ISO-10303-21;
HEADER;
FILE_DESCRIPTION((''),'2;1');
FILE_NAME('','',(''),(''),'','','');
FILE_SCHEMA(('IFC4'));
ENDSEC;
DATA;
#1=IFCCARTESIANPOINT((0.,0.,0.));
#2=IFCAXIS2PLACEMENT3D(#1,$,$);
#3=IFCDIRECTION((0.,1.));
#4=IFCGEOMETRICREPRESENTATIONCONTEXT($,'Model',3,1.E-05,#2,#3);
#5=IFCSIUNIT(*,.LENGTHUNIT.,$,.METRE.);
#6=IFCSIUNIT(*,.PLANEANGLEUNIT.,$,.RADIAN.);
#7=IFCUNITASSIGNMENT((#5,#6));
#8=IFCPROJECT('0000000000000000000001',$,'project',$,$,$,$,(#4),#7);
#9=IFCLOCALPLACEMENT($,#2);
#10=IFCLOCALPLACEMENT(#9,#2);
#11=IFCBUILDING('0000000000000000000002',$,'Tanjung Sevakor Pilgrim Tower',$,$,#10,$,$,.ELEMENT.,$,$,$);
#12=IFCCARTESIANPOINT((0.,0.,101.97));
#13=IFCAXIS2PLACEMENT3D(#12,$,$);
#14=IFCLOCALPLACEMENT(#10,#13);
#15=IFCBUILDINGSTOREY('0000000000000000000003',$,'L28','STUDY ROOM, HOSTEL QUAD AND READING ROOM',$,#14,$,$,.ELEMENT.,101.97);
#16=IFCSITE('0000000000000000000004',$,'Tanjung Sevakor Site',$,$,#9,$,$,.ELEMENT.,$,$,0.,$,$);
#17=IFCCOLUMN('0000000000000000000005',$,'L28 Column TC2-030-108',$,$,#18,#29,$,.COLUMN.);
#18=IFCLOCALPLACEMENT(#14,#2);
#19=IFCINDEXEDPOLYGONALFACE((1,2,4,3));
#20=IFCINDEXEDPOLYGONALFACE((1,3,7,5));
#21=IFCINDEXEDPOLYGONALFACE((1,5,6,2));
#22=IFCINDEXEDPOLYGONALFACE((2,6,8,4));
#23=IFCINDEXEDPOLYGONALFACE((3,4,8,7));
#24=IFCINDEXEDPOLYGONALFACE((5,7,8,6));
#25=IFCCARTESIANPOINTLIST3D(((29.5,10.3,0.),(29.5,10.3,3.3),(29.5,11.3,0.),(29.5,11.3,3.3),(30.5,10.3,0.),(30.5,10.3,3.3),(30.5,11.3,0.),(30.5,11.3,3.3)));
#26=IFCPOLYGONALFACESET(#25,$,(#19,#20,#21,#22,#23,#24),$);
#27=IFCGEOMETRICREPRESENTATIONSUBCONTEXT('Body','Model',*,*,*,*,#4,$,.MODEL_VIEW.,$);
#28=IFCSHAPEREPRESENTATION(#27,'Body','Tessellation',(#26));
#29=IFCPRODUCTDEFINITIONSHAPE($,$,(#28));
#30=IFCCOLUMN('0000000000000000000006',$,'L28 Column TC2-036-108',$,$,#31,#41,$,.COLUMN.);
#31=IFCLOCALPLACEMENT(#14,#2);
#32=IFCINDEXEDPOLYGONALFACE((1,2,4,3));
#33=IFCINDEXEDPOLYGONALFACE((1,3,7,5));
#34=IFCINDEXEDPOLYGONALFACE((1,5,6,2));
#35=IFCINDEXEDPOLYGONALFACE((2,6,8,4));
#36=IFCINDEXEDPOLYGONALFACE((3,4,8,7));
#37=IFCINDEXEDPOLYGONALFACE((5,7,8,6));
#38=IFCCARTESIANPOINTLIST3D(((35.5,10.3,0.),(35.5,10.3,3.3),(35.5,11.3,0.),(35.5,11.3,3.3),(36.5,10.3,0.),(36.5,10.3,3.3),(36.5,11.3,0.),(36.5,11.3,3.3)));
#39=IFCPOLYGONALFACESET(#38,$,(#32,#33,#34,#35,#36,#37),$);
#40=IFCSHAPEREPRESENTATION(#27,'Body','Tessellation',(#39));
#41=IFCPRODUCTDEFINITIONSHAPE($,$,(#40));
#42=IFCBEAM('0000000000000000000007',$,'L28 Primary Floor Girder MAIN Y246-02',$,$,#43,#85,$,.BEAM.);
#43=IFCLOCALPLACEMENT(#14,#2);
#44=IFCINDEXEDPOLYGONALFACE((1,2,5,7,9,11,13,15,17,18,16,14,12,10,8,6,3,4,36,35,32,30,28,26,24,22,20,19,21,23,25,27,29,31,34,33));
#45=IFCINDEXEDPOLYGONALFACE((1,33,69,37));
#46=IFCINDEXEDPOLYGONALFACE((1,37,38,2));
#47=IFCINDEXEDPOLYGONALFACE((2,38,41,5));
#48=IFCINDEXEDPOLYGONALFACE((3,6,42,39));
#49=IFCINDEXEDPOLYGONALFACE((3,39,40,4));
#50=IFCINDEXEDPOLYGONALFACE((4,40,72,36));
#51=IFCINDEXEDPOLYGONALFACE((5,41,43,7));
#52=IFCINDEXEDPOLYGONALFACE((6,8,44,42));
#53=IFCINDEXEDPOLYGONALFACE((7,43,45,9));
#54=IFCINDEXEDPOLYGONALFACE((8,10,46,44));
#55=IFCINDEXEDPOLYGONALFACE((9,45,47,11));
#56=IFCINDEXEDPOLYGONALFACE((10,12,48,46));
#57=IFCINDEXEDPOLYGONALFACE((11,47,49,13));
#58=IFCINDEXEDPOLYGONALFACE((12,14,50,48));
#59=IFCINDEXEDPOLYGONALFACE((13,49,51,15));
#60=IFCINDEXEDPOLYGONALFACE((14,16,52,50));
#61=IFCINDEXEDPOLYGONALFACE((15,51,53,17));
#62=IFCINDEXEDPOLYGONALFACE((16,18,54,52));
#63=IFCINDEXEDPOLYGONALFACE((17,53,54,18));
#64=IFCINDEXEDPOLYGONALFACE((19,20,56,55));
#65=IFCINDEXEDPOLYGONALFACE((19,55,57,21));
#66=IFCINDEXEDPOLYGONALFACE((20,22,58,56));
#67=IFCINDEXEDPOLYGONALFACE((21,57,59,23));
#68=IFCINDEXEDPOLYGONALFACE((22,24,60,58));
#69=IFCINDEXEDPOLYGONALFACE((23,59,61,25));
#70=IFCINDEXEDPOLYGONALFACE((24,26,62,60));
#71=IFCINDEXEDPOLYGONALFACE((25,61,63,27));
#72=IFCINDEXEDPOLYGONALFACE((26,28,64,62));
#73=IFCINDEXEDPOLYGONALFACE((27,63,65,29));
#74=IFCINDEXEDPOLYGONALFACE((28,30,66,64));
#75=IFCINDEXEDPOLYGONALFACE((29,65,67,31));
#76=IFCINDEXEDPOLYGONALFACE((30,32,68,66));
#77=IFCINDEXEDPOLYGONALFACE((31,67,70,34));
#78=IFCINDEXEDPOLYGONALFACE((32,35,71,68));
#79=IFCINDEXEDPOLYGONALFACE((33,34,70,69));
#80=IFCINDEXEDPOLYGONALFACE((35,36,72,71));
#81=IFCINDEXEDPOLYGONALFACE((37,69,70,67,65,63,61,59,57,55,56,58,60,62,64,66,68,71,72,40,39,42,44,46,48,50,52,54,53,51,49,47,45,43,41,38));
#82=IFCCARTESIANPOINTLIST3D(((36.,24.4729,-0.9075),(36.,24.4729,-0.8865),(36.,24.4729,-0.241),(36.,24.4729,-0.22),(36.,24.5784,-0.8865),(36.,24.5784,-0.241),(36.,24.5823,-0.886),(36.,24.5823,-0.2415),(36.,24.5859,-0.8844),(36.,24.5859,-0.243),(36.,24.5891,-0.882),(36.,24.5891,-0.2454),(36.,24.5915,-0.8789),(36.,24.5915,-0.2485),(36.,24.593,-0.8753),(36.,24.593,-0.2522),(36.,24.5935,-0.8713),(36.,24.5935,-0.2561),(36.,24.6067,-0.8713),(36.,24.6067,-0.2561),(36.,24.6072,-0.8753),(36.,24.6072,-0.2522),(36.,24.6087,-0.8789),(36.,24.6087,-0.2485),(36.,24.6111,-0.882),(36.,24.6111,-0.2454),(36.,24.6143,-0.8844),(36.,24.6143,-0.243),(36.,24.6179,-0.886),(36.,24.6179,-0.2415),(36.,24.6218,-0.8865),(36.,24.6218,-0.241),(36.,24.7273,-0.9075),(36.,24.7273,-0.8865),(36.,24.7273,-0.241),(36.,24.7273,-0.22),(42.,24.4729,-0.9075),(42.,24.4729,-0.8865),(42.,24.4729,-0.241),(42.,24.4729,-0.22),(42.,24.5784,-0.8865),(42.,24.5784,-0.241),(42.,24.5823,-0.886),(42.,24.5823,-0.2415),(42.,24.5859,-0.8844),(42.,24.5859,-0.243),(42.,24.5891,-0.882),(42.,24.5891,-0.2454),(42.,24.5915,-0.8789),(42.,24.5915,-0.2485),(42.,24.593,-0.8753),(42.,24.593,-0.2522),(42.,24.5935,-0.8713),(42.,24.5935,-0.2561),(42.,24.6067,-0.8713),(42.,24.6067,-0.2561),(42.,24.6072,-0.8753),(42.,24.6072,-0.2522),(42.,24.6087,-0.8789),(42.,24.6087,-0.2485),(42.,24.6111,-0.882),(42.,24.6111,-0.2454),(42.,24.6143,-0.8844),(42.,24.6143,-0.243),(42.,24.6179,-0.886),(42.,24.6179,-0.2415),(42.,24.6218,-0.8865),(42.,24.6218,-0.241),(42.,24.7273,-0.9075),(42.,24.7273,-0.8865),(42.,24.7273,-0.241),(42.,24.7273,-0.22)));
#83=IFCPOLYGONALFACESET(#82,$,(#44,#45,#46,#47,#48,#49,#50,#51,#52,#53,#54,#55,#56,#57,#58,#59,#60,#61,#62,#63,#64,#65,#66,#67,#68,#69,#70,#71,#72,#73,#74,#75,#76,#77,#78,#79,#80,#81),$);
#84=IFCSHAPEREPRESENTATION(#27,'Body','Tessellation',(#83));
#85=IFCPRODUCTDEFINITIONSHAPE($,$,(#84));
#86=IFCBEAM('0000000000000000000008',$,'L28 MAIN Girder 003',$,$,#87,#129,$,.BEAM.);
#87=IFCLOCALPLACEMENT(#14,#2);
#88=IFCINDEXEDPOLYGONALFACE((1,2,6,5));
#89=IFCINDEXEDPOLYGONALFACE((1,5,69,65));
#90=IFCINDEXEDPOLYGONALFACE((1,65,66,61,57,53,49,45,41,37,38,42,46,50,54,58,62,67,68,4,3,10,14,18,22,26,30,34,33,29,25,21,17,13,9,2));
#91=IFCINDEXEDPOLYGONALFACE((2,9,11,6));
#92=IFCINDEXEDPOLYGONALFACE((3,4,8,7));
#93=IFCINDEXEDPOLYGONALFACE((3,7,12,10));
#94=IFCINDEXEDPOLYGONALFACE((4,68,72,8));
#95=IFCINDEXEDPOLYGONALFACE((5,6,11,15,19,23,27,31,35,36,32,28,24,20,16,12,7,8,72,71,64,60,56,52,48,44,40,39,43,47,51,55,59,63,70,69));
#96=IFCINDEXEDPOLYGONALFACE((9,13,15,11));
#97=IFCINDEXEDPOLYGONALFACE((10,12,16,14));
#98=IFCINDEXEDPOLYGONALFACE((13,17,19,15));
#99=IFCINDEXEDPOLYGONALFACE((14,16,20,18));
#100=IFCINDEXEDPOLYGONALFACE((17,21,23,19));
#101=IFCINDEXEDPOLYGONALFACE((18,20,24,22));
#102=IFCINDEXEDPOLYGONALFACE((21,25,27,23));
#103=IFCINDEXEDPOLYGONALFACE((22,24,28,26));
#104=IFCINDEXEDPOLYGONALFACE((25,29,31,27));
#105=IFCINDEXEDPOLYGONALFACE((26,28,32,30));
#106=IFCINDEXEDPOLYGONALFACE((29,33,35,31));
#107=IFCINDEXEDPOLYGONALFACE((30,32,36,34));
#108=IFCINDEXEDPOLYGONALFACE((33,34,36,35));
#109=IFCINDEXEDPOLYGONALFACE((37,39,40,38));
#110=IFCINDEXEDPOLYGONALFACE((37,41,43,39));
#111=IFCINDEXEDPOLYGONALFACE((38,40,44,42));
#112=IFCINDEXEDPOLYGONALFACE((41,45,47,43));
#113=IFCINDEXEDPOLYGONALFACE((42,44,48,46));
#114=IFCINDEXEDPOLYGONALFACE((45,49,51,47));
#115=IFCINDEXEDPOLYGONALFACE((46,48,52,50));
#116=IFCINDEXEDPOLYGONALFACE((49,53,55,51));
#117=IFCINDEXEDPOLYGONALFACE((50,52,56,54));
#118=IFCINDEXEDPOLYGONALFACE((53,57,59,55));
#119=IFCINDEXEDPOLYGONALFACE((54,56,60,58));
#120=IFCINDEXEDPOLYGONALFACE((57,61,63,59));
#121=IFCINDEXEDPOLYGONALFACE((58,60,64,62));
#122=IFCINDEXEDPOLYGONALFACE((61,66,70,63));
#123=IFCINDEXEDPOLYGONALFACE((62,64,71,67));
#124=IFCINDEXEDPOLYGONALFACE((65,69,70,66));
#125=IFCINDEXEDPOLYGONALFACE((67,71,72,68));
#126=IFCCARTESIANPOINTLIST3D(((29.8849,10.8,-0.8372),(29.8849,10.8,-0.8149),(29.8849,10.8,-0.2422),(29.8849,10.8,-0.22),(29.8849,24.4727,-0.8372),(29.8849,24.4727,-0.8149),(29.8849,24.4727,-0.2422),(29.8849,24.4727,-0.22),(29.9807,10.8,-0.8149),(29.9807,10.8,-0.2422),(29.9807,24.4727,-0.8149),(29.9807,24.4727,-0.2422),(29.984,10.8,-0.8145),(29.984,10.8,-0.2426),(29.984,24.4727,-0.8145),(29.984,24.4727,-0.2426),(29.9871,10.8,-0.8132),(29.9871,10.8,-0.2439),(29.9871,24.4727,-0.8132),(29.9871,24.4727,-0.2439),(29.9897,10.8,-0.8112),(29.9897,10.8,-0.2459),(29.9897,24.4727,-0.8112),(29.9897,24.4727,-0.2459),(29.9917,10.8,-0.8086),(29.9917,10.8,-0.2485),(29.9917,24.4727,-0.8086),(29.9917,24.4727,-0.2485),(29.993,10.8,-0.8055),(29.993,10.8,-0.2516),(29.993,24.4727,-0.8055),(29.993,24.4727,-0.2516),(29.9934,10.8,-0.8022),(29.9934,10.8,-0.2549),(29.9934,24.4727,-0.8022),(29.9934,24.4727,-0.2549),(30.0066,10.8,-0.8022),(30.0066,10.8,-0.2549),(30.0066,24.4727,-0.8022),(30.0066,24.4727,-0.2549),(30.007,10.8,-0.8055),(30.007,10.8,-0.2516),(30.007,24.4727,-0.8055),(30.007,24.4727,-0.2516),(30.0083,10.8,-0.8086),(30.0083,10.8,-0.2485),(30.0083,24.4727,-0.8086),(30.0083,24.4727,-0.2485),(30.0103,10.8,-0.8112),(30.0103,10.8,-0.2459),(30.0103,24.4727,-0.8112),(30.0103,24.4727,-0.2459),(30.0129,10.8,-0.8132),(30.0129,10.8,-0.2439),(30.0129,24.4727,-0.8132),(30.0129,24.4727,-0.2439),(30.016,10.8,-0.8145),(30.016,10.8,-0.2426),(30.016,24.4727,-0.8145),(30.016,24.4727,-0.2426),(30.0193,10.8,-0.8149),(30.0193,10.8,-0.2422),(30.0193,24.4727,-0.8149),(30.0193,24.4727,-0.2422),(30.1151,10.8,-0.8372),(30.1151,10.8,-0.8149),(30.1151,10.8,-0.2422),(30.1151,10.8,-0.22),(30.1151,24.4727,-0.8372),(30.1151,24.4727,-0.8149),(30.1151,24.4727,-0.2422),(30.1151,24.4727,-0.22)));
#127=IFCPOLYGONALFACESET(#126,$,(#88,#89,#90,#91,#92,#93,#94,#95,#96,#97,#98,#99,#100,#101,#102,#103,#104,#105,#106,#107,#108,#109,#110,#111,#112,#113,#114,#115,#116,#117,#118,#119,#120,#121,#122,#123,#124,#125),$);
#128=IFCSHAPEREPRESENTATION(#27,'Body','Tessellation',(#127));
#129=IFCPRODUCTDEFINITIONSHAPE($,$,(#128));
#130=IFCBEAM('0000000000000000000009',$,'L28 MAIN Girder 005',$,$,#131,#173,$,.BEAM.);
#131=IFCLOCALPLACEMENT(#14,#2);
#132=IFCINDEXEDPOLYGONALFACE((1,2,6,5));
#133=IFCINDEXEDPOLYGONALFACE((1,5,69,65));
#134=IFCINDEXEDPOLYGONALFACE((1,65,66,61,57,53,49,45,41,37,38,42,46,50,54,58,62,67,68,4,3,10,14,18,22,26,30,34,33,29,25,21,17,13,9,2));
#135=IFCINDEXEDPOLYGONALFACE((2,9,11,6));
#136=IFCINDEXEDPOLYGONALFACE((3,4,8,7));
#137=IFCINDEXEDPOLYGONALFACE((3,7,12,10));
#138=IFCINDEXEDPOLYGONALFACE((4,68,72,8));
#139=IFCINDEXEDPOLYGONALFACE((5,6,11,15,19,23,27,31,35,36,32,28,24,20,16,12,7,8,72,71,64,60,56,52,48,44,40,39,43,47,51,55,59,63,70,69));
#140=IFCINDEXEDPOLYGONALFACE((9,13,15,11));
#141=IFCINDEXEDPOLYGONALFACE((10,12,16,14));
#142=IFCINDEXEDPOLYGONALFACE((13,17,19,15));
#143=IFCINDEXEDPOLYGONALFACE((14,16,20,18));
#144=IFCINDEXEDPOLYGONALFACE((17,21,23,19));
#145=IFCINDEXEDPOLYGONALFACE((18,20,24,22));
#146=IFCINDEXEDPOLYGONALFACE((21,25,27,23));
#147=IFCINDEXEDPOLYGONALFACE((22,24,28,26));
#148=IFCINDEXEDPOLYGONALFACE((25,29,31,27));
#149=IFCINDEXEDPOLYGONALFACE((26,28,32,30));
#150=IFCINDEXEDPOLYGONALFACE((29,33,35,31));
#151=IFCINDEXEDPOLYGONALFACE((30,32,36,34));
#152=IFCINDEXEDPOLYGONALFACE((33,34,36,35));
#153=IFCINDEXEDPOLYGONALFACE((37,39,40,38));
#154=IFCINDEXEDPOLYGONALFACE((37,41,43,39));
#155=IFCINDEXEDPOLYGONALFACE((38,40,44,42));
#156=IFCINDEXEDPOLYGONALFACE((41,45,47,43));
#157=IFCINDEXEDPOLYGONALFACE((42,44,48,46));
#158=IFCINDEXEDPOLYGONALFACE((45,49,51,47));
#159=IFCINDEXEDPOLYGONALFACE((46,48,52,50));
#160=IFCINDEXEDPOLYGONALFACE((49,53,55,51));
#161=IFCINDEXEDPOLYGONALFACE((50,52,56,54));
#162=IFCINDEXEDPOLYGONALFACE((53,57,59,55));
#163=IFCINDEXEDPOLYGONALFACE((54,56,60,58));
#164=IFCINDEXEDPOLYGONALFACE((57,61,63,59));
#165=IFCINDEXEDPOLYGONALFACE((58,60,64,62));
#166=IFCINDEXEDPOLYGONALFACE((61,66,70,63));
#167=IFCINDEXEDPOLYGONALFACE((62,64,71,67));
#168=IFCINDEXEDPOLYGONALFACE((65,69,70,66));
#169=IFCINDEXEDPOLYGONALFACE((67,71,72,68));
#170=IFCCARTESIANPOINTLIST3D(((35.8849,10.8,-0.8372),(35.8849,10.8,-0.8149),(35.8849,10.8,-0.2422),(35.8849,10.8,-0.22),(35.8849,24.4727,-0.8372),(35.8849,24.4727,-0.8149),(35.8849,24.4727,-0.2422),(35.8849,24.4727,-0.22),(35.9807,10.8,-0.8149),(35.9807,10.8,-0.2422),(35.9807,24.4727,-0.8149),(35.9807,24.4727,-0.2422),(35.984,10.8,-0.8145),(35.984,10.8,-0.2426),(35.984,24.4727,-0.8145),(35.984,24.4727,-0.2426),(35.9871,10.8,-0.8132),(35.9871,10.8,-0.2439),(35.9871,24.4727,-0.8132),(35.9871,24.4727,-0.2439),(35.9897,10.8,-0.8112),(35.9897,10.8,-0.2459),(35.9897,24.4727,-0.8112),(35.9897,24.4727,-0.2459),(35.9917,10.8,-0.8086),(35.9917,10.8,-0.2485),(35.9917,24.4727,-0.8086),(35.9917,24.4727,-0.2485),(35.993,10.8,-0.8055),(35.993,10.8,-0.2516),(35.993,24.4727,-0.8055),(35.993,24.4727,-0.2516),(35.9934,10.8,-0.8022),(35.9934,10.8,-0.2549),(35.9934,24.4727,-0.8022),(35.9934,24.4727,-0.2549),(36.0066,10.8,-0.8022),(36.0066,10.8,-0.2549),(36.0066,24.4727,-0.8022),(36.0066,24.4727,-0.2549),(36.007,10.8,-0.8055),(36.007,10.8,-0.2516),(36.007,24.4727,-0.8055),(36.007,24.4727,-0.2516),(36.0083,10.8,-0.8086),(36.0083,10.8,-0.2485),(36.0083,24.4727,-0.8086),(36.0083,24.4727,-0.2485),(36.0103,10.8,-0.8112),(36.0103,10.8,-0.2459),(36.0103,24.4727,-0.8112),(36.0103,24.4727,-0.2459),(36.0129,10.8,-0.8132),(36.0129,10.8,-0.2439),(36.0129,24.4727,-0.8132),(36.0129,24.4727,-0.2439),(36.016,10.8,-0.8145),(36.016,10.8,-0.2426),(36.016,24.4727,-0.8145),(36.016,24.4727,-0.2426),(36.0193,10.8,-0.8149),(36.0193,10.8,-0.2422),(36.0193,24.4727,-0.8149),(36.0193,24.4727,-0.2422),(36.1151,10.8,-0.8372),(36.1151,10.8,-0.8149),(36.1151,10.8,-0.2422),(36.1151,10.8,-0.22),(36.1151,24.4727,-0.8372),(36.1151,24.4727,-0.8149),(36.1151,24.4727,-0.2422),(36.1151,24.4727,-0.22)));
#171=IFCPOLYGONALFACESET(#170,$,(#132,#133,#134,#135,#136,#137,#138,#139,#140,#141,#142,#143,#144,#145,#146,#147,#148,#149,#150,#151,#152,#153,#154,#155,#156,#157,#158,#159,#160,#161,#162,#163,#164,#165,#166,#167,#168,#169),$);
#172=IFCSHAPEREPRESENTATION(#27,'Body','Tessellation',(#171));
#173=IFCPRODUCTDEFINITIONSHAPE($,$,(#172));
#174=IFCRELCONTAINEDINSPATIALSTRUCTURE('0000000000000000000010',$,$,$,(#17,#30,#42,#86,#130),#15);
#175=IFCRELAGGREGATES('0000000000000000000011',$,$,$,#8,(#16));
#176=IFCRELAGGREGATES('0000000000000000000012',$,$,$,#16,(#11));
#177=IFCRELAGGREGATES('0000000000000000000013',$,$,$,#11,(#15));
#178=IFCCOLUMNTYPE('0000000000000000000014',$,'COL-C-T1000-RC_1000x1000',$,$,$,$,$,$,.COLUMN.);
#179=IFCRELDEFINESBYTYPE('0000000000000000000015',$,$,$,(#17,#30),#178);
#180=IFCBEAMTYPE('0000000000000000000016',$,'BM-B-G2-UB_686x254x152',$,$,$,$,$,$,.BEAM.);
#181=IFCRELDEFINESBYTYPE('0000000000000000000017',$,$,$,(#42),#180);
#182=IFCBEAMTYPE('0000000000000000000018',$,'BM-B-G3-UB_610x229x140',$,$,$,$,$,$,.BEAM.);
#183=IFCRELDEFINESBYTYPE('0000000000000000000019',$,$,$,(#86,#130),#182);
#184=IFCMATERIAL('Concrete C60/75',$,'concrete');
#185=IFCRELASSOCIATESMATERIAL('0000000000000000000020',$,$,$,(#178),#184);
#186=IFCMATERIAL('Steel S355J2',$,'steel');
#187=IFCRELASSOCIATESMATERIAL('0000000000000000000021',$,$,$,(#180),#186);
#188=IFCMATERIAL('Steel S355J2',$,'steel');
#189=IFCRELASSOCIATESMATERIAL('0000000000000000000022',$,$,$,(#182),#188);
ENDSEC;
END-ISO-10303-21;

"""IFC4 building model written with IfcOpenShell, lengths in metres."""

from ifc_helpers import new_model, si_unit, direction, frame, origin, origin_2d, place, context, subcontext, project, spatial, rectangle, i_section, extrude, material, material_profile, profile_set, type_object, element, save


model = new_model("IFC4")

# Units and contexts
model_context = context("Model", 3, precision=1e-05, world=origin(), true_north=direction((0.0, 1.0)))
body_context = subcontext(model_context, "Body", "Model", "MODEL_VIEW")
ifc_project = project(units=[si_unit("LENGTHUNIT", "METRE"), si_unit("PLANEANGLEUNIT", "RADIAN")], contexts=[model_context])

# Site, building, storey
site_placement = place(None, origin())
site = spatial("IfcSite", under=ifc_project, at=site_placement, Name="Tanjung Sevakor Site", CompositionType="ELEMENT", RefElevation=0.0)
building_placement = place(site_placement, origin())
building = spatial("IfcBuilding", under=site, at=building_placement, Name="Tanjung Sevakor Pilgrim Tower", CompositionType="ELEMENT")
storey_placement = place(building_placement, frame((0.0, 0.0, 101.97)))
storey = spatial("IfcBuildingStorey", under=building, at=storey_placement, Name="L28", Description="STUDY ROOM, HOSTEL QUAD AND READING ROOM", CompositionType="ELEMENT", Elevation=101.97)

# Columns
ifc_material_1 = material(Name="Concrete C60/75", Category="concrete")
ifc_material_profile_1 = material_profile(ifc_material_1, rectangle(XDim=1.0, YDim=1.0, at=origin_2d()))
ifc_profile_set_1 = profile_set([ifc_material_profile_1], Name="Concrete C60/75")
column_type = type_object("IfcColumnType", Name="COL-C-T1000-RC_1000x1000", PredefinedType="COLUMN", material=ifc_profile_set_1)
for number, where, z_axis, x_axis, name in (
    (1, (30.0, 10.8, 0.0), (0.0, 0.0, 1.0), (1.0, 0.0, 0.0), "L28 Column TC2-030-108"),
    (2, (36.0, 10.8, 0.0), (0.0, 0.0, 1.0), (1.0, 0.0, 0.0), "L28 Column TC2-036-108"),
):
    element("IfcColumn", number, at=place(storey_placement, frame(where, z_axis=z_axis, x_axis=x_axis)), inside=storey, type_object=column_type, Name=name, PredefinedType="COLUMN", context=body_context, shape_type="SweptSolid", body=[
        extrude(rectangle(XDim=1.0, YDim=1.0, at=origin_2d()), origin(), (0.0, 0.0, 1.0), 3.3),
    ])

# Beams
ifc_material_2 = material(Name="Steel S355J2", Category="steel")
ifc_material_profile_2 = material_profile(ifc_material_2, i_section(OverallWidth=0.2544, OverallDepth=0.6875, WebThickness=0.0132, FlangeThickness=0.021, FilletRadius=0.0151, at=origin_2d()))
ifc_profile_set_2 = profile_set([ifc_material_profile_2], Name="Steel S355J2")
beam_type_1 = type_object("IfcBeamType", Name="BM-B-G2-UB_686x254x152", PredefinedType="BEAM", material=ifc_profile_set_2)
beam_1_placement = place(storey_placement, frame((36.0, 24.6001, -0.5637), z_axis=(1.0, 0.0, 0.0), x_axis=(0.0, 1.0, 0.0)))
element("IfcBeam", 3, at=beam_1_placement, inside=storey, type_object=beam_type_1, Name="L28 Primary Floor Girder MAIN Y246-02", PredefinedType="BEAM", context=body_context, shape_type="SweptSolid", body=[
    extrude(i_section(OverallWidth=0.2544, OverallDepth=0.6875, WebThickness=0.0132, FlangeThickness=0.021, FilletRadius=0.0151, at=origin_2d()), origin(), (0.0, 0.0, 1.0), 6.0),
])
ifc_material_3 = material(Name="Steel S355J2", Category="steel")
ifc_material_profile_3 = material_profile(ifc_material_3, i_section(OverallWidth=0.2302, OverallDepth=0.6172, WebThickness=0.0132, FlangeThickness=0.0222, FilletRadius=0.0127, at=origin_2d()))
ifc_profile_set_3 = profile_set([ifc_material_profile_3], Name="Steel S355J2")
beam_type_2 = type_object("IfcBeamType", Name="BM-B-G3-UB_610x229x140", PredefinedType="BEAM", material=ifc_profile_set_3)
for number, where, z_axis, x_axis, name in (
    (4, (30.0, 10.8, -0.5286), (0.0, 1.0, 0.0), (-1.0, 0.0, 0.0), "L28 MAIN Girder 003"),
    (5, (36.0, 10.8, -0.5286), (0.0, 1.0, 0.0), (-1.0, 0.0, 0.0), "L28 MAIN Girder 005"),
):
    element("IfcBeam", number, at=place(storey_placement, frame(where, z_axis=z_axis, x_axis=x_axis)), inside=storey, type_object=beam_type_2, Name=name, PredefinedType="BEAM", context=body_context, shape_type="SweptSolid", body=[
        extrude(i_section(OverallWidth=0.2302, OverallDepth=0.6172, WebThickness=0.0132, FlangeThickness=0.0222, FilletRadius=0.0127, at=origin_2d()), origin(), (0.0, 0.0, 1.0), 13.6726),
    ])

save(model, "model.ifc")
